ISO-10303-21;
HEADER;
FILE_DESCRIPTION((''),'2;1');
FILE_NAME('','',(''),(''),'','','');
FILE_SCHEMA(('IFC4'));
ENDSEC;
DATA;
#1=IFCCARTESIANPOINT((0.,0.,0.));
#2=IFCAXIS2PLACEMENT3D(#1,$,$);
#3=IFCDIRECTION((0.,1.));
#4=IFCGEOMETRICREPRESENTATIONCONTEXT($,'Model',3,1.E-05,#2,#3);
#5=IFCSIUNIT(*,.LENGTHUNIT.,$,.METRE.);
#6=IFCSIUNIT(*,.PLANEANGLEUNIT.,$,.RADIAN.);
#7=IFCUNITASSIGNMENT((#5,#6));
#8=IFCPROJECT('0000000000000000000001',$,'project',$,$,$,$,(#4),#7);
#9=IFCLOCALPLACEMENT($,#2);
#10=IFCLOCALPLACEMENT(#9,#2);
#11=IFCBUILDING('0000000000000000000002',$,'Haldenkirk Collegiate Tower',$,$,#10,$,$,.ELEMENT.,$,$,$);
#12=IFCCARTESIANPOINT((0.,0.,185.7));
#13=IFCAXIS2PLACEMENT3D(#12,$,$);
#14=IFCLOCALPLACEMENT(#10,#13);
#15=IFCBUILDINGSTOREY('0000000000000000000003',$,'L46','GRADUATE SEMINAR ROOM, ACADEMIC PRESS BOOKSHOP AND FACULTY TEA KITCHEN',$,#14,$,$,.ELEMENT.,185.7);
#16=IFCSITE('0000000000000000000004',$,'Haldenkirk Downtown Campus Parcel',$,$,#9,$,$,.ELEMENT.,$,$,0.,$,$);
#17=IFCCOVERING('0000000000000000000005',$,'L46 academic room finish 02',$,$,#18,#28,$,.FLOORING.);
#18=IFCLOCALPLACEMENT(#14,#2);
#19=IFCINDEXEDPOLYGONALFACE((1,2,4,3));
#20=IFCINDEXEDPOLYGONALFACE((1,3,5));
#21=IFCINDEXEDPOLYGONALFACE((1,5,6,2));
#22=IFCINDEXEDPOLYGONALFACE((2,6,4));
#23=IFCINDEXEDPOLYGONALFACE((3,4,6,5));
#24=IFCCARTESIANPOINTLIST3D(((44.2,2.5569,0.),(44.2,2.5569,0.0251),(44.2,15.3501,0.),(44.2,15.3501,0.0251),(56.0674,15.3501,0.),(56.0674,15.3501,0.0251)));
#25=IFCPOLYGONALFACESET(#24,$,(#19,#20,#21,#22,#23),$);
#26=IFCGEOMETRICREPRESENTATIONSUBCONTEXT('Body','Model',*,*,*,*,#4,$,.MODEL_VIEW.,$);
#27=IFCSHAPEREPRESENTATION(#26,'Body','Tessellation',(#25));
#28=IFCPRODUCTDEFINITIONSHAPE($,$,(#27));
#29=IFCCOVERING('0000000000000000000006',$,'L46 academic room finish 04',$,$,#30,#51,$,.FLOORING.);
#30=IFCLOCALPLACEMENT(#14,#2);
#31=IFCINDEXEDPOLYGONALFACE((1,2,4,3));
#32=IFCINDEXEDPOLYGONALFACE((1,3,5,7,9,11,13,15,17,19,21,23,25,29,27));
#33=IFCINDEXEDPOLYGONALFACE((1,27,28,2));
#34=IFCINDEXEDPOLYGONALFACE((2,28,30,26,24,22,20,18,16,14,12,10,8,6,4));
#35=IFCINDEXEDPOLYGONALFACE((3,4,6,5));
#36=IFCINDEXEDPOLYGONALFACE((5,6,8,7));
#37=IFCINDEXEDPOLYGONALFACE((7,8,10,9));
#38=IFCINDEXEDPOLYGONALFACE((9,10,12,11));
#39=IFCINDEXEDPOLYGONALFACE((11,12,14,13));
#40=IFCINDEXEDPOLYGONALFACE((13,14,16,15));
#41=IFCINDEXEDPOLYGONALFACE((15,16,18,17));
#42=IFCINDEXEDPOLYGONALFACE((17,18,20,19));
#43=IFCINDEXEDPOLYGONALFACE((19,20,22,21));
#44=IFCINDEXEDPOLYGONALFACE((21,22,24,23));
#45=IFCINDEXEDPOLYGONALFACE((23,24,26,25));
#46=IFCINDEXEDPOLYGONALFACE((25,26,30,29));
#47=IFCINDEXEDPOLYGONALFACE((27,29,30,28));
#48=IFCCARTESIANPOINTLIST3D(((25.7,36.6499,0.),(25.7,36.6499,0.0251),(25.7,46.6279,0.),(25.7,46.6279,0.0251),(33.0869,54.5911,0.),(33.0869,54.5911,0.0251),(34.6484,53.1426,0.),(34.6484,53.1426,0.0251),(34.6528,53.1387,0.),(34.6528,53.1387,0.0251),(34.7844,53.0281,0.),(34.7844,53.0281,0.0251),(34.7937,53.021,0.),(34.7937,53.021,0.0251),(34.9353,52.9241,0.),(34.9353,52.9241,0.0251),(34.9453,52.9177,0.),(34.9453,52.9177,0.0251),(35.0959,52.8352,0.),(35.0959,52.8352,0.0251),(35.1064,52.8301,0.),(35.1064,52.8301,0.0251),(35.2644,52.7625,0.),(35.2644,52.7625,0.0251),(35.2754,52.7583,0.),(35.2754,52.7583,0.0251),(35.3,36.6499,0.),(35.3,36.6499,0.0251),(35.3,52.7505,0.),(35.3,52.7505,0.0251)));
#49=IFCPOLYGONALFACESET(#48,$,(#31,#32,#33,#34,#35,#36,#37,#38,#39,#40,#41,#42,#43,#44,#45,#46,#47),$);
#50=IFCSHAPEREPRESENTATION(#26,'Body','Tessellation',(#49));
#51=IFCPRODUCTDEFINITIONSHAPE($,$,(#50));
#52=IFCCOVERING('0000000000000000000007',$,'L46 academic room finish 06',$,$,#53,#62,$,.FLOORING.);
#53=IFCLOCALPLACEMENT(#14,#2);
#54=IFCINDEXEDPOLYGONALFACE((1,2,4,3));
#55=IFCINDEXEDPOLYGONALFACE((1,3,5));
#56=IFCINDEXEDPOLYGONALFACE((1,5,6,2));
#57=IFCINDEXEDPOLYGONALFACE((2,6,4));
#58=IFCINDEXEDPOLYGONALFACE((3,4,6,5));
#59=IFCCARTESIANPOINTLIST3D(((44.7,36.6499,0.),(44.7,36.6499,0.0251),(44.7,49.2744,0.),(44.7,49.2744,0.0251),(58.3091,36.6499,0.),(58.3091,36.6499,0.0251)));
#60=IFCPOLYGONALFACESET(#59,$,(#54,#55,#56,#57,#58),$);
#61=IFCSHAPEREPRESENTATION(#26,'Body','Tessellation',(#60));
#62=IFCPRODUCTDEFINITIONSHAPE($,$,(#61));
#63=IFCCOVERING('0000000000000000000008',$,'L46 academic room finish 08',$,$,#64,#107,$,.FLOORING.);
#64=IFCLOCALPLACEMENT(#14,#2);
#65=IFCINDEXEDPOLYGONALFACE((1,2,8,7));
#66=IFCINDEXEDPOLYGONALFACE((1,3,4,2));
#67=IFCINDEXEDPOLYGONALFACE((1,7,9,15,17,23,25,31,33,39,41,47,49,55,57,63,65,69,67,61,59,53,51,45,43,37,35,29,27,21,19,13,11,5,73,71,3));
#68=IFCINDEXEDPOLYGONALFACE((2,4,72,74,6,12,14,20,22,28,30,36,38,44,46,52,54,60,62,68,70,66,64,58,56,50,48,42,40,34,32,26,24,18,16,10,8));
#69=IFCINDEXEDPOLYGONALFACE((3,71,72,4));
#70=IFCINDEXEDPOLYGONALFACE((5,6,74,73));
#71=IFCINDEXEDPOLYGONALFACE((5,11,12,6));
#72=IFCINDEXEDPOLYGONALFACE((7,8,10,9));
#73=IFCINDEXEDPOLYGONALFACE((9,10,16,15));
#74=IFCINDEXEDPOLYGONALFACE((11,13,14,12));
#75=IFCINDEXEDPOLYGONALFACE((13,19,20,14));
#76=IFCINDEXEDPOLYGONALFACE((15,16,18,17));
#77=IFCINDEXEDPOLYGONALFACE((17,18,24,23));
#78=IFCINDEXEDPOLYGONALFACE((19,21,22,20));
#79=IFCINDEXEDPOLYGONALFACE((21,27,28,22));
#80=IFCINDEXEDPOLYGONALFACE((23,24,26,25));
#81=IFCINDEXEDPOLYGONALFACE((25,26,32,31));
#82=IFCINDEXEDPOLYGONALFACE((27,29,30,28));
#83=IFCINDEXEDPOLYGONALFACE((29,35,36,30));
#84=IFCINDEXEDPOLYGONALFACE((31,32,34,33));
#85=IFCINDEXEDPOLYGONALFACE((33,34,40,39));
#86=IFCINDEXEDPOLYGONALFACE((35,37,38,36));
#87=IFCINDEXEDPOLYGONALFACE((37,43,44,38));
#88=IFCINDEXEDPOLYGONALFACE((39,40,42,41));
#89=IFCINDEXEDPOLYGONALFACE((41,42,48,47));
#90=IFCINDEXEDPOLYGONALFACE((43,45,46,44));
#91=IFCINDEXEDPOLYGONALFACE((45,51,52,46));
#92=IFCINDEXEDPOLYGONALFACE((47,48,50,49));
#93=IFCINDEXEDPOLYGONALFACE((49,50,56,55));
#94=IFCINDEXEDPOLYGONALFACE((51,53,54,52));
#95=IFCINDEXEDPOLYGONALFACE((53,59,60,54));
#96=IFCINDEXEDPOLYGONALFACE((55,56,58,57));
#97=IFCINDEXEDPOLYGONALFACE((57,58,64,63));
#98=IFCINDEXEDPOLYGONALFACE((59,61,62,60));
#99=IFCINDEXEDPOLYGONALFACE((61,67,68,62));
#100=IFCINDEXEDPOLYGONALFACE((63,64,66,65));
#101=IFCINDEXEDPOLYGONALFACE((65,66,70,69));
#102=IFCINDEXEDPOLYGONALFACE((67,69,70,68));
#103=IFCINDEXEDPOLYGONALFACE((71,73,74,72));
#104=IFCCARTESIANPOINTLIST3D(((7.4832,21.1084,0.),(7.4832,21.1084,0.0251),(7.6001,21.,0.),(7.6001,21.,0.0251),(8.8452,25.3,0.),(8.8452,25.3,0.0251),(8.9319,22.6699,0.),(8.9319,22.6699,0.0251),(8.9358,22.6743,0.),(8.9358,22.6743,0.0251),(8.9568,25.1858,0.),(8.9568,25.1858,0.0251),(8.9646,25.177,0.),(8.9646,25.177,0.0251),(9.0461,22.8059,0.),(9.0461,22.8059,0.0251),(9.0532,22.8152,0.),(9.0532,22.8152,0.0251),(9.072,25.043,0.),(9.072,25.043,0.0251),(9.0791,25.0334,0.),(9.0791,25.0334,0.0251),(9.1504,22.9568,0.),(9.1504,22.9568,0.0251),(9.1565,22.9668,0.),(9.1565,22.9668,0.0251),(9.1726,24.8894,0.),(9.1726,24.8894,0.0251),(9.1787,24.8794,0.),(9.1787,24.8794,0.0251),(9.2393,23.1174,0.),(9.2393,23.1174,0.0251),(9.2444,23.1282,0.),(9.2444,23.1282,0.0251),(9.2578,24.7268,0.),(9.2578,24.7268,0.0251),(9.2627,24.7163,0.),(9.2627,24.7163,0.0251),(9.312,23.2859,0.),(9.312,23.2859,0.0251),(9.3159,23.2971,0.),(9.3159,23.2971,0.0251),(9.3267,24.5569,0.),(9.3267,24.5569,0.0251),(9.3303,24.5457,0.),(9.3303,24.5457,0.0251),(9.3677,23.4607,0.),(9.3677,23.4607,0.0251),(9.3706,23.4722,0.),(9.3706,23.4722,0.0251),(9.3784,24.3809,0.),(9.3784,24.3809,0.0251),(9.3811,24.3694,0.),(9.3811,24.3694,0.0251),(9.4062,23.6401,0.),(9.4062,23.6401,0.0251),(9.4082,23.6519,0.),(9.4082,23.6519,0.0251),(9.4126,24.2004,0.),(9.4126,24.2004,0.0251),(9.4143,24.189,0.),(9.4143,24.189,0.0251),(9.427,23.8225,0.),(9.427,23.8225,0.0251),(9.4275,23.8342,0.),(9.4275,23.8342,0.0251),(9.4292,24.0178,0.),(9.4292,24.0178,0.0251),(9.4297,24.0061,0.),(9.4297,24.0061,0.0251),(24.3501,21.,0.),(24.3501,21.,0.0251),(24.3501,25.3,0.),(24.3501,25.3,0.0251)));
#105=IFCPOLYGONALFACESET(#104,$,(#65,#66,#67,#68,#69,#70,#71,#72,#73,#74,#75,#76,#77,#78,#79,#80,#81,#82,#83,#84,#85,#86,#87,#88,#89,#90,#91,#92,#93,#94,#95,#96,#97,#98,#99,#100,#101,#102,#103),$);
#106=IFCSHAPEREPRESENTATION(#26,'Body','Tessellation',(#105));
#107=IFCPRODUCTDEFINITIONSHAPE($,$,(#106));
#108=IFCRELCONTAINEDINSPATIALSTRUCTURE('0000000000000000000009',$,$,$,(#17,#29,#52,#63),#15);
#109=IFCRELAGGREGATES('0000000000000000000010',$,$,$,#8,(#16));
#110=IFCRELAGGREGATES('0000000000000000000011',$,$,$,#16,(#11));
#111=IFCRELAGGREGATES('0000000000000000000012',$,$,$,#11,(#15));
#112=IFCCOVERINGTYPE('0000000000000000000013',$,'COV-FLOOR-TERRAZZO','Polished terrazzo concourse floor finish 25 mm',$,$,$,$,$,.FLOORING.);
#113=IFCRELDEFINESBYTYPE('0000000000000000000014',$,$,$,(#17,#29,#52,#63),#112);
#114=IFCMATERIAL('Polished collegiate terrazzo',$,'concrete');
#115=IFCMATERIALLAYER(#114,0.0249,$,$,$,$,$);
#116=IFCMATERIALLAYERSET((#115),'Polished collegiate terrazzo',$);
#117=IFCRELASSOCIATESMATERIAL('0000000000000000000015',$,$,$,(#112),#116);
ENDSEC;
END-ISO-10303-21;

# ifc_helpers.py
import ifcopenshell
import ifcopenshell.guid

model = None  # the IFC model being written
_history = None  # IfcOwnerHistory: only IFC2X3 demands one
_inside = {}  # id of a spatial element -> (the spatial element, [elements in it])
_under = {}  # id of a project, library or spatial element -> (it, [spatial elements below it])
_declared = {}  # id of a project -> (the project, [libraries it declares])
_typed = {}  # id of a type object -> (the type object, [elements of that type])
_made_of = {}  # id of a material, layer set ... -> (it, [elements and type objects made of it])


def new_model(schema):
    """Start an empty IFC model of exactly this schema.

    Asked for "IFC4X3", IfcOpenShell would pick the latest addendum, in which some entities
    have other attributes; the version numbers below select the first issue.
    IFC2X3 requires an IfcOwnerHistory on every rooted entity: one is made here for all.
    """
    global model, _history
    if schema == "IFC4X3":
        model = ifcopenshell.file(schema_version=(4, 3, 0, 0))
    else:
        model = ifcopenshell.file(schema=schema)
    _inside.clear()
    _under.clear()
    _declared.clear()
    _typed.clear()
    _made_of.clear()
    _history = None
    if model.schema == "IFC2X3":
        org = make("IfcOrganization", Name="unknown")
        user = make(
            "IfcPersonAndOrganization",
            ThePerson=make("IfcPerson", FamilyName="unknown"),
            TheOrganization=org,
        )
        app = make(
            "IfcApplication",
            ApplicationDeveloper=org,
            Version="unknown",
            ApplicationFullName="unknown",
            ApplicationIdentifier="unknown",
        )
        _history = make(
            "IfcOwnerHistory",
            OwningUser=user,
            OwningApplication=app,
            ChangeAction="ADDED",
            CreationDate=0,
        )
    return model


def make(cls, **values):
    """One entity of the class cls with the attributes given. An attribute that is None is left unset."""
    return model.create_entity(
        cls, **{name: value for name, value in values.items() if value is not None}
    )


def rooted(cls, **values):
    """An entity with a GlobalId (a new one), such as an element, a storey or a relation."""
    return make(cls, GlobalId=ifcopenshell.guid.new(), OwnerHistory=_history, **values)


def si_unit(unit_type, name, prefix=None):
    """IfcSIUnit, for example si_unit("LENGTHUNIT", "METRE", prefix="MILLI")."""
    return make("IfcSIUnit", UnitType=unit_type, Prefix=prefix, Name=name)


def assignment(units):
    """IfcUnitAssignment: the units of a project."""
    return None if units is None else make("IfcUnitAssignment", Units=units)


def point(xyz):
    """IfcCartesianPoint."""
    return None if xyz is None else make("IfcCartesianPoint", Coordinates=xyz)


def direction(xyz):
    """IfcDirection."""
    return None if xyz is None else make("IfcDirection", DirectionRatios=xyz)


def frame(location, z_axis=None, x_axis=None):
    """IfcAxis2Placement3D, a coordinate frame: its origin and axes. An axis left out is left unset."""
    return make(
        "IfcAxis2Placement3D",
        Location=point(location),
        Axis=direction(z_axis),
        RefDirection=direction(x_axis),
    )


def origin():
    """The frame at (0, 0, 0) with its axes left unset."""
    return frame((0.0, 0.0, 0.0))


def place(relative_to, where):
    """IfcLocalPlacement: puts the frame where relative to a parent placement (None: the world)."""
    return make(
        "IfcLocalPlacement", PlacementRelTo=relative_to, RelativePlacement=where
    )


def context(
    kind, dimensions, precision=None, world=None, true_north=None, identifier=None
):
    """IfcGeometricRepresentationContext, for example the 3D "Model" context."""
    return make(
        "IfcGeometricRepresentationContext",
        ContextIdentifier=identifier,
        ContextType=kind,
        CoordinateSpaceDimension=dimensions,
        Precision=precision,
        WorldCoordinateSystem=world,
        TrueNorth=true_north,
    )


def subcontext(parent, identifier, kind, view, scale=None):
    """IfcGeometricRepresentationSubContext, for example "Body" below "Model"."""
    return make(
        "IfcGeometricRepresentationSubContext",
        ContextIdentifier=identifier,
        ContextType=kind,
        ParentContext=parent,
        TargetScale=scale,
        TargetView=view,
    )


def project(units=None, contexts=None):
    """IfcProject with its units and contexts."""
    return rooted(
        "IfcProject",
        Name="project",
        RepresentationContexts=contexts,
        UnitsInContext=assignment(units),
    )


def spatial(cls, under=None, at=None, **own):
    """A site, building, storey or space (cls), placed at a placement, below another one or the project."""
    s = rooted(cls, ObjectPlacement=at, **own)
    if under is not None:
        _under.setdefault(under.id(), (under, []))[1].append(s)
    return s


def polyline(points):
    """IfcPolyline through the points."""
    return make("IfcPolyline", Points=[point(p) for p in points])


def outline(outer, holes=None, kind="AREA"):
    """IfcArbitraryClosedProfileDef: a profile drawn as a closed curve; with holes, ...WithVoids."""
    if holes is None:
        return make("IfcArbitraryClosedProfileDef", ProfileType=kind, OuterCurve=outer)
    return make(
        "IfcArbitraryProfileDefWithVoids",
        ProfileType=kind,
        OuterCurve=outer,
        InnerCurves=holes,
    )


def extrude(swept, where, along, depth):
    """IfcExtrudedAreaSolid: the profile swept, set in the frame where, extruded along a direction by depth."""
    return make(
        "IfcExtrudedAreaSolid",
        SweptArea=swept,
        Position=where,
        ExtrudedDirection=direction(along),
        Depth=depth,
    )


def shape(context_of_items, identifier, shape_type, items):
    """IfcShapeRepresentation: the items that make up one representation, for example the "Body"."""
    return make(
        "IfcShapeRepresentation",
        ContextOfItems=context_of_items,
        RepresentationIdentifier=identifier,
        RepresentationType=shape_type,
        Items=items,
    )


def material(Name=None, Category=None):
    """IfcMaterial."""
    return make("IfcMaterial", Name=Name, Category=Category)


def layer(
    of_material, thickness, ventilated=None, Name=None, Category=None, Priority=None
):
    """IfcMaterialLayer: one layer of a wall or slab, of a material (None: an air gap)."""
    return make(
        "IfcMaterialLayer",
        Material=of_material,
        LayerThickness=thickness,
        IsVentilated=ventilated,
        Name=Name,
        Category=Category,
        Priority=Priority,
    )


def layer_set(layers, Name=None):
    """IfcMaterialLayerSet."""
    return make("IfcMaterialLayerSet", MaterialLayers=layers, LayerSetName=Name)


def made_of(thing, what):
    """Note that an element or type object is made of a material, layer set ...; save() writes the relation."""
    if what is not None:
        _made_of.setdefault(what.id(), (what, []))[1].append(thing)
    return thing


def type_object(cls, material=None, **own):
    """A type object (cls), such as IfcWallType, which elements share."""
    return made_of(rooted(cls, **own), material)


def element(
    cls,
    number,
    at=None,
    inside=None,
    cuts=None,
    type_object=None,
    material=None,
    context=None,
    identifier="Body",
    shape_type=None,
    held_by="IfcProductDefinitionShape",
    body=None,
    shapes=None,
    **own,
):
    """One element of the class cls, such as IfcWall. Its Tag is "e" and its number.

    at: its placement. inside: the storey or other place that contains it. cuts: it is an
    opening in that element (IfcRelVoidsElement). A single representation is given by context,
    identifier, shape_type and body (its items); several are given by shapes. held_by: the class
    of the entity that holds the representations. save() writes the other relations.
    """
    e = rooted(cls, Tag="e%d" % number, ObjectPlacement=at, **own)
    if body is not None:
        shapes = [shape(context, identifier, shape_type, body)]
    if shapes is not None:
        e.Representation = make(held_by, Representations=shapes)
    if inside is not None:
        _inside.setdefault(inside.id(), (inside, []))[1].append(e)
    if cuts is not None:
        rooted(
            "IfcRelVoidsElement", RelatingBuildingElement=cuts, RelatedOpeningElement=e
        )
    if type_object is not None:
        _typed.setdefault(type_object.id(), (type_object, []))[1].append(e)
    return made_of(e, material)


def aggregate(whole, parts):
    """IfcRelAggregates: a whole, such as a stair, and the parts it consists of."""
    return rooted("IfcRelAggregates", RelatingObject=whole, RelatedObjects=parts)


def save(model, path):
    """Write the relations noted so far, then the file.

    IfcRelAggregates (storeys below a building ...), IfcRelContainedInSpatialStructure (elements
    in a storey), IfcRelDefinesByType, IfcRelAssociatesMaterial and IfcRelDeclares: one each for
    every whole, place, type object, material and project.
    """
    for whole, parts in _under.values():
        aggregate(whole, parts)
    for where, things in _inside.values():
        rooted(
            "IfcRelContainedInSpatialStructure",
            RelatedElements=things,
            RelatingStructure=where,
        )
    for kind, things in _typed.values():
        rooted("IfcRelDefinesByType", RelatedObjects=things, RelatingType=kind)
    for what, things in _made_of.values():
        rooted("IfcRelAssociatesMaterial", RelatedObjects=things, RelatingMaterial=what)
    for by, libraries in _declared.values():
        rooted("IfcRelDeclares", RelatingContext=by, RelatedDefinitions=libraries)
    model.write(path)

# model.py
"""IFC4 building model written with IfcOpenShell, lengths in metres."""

from ifc_helpers import new_model, si_unit, direction, frame, origin, place, context, subcontext, project, spatial, polyline, outline, extrude, material, layer, layer_set, type_object, element, save


model = new_model("IFC4")

# Units and contexts
model_context = context("Model", 3, precision=1e-05, world=origin(), true_north=direction((0.0, 1.0)))
body_context = subcontext(model_context, "Body", "Model", "MODEL_VIEW")
ifc_project = project(units=[si_unit("LENGTHUNIT", "METRE"), si_unit("PLANEANGLEUNIT", "RADIAN")], contexts=[model_context])

# Site, building, storey
site_placement = place(None, origin())
site = spatial("IfcSite", under=ifc_project, at=site_placement, Name="Haldenkirk Downtown Campus Parcel", CompositionType="ELEMENT", RefElevation=0.0)
building_placement = place(site_placement, origin())
building = spatial("IfcBuilding", under=site, at=building_placement, Name="Haldenkirk Collegiate Tower", CompositionType="ELEMENT")
storey_placement = place(building_placement, frame((0.0, 0.0, 185.7)))
storey = spatial("IfcBuildingStorey", under=building, at=storey_placement, Name="L46", Description="GRADUATE SEMINAR ROOM, ACADEMIC PRESS BOOKSHOP AND FACULTY TEA KITCHEN", CompositionType="ELEMENT", Elevation=185.7)

# Coverings
ifc_material_1 = material(Name="Polished collegiate terrazzo", Category="concrete")
ifc_layer_1 = layer(ifc_material_1, 0.0249)
ifc_layer_set_1 = layer_set([ifc_layer_1], Name="Polished collegiate terrazzo")
covering_type_1 = type_object("IfcCoveringType", Name="COV-FLOOR-TERRAZZO", Description="Polished terrazzo concourse floor finish 25 mm", PredefinedType="FLOORING", material=ifc_layer_set_1)
covering_1_placement = place(storey_placement, origin())
element("IfcCovering", 1, at=covering_1_placement, inside=storey, type_object=covering_type_1, Name="L46 academic room finish 02", PredefinedType="FLOORING", context=body_context, shape_type="SweptSolid", body=[
    extrude(outline(polyline([(44.2, 2.5569), (44.2, 15.3501), (56.0674, 15.3501), (44.2, 2.5569)])), origin(), (0.0, 0.0, 1.0), 0.0251),
])
covering_2_placement = place(storey_placement, origin())
element("IfcCovering", 2, at=covering_2_placement, inside=storey, type_object=covering_type_1, Name="L46 academic room finish 04", PredefinedType="FLOORING", context=body_context, shape_type="SweptSolid", body=[
    extrude(outline(polyline([(34.6484, 53.1426), (34.6528, 53.1387), (34.7844, 53.0281), (34.7937, 53.021), (34.9353, 52.9241), (34.9453, 52.9177), (35.0959, 52.8352), (35.1064, 52.8301), (35.2644, 52.7625), (35.2754, 52.7583), (35.3, 52.7505), (35.3, 36.6499), (25.7, 36.6499), (25.7, 46.6279), (33.0869, 54.5911), (34.6484, 53.1426)])), origin(), (0.0, 0.0, 1.0), 0.0251),
])
covering_3_placement = place(storey_placement, origin())
element("IfcCovering", 3, at=covering_3_placement, inside=storey, type_object=covering_type_1, Name="L46 academic room finish 06", PredefinedType="FLOORING", context=body_context, shape_type="SweptSolid", body=[
    extrude(outline(polyline([(58.3091, 36.6499), (44.7, 36.6499), (44.7, 49.2744), (58.3091, 36.6499)])), origin(), (0.0, 0.0, 1.0), 0.0251),
])
covering_4_placement = place(storey_placement, origin())
element("IfcCovering", 4, at=covering_4_placement, inside=storey, type_object=covering_type_1, Name="L46 academic room finish 08", PredefinedType="FLOORING", context=body_context, shape_type="SweptSolid", body=[
    extrude(outline(polyline([(8.8452, 25.3), (24.3501, 25.3), (24.3501, 21.0), (7.6001, 21.0), (7.4832, 21.1084), (8.9319, 22.6699), (8.9358, 22.6743), (9.0461, 22.8059), (9.0532, 22.8152), (9.1504, 22.9568), (9.1565, 22.9668), (9.2393, 23.1174), (9.2444, 23.1282), (9.312, 23.2859), (9.3159, 23.2971), (9.3677, 23.4607), (9.3706, 23.4722), (9.4062, 23.6401), (9.4082, 23.6519), (9.427, 23.8225), (9.4275, 23.8342), (9.4297, 24.0061), (9.4292, 24.0178), (9.4143, 24.189), (9.4126, 24.2004), (9.3811, 24.3694), (9.3784, 24.3809), (9.3303, 24.5457), (9.3267, 24.5569), (9.2627, 24.7163), (9.2578, 24.7268), (9.1787, 24.8794), (9.1726, 24.8894), (9.0791, 25.0334), (9.072, 25.043), (8.9646, 25.177), (8.9568, 25.1858), (8.8452, 25.3)])), origin(), (0.0, 0.0, 1.0), 0.0251),
])

save(model, "model.ifc")
